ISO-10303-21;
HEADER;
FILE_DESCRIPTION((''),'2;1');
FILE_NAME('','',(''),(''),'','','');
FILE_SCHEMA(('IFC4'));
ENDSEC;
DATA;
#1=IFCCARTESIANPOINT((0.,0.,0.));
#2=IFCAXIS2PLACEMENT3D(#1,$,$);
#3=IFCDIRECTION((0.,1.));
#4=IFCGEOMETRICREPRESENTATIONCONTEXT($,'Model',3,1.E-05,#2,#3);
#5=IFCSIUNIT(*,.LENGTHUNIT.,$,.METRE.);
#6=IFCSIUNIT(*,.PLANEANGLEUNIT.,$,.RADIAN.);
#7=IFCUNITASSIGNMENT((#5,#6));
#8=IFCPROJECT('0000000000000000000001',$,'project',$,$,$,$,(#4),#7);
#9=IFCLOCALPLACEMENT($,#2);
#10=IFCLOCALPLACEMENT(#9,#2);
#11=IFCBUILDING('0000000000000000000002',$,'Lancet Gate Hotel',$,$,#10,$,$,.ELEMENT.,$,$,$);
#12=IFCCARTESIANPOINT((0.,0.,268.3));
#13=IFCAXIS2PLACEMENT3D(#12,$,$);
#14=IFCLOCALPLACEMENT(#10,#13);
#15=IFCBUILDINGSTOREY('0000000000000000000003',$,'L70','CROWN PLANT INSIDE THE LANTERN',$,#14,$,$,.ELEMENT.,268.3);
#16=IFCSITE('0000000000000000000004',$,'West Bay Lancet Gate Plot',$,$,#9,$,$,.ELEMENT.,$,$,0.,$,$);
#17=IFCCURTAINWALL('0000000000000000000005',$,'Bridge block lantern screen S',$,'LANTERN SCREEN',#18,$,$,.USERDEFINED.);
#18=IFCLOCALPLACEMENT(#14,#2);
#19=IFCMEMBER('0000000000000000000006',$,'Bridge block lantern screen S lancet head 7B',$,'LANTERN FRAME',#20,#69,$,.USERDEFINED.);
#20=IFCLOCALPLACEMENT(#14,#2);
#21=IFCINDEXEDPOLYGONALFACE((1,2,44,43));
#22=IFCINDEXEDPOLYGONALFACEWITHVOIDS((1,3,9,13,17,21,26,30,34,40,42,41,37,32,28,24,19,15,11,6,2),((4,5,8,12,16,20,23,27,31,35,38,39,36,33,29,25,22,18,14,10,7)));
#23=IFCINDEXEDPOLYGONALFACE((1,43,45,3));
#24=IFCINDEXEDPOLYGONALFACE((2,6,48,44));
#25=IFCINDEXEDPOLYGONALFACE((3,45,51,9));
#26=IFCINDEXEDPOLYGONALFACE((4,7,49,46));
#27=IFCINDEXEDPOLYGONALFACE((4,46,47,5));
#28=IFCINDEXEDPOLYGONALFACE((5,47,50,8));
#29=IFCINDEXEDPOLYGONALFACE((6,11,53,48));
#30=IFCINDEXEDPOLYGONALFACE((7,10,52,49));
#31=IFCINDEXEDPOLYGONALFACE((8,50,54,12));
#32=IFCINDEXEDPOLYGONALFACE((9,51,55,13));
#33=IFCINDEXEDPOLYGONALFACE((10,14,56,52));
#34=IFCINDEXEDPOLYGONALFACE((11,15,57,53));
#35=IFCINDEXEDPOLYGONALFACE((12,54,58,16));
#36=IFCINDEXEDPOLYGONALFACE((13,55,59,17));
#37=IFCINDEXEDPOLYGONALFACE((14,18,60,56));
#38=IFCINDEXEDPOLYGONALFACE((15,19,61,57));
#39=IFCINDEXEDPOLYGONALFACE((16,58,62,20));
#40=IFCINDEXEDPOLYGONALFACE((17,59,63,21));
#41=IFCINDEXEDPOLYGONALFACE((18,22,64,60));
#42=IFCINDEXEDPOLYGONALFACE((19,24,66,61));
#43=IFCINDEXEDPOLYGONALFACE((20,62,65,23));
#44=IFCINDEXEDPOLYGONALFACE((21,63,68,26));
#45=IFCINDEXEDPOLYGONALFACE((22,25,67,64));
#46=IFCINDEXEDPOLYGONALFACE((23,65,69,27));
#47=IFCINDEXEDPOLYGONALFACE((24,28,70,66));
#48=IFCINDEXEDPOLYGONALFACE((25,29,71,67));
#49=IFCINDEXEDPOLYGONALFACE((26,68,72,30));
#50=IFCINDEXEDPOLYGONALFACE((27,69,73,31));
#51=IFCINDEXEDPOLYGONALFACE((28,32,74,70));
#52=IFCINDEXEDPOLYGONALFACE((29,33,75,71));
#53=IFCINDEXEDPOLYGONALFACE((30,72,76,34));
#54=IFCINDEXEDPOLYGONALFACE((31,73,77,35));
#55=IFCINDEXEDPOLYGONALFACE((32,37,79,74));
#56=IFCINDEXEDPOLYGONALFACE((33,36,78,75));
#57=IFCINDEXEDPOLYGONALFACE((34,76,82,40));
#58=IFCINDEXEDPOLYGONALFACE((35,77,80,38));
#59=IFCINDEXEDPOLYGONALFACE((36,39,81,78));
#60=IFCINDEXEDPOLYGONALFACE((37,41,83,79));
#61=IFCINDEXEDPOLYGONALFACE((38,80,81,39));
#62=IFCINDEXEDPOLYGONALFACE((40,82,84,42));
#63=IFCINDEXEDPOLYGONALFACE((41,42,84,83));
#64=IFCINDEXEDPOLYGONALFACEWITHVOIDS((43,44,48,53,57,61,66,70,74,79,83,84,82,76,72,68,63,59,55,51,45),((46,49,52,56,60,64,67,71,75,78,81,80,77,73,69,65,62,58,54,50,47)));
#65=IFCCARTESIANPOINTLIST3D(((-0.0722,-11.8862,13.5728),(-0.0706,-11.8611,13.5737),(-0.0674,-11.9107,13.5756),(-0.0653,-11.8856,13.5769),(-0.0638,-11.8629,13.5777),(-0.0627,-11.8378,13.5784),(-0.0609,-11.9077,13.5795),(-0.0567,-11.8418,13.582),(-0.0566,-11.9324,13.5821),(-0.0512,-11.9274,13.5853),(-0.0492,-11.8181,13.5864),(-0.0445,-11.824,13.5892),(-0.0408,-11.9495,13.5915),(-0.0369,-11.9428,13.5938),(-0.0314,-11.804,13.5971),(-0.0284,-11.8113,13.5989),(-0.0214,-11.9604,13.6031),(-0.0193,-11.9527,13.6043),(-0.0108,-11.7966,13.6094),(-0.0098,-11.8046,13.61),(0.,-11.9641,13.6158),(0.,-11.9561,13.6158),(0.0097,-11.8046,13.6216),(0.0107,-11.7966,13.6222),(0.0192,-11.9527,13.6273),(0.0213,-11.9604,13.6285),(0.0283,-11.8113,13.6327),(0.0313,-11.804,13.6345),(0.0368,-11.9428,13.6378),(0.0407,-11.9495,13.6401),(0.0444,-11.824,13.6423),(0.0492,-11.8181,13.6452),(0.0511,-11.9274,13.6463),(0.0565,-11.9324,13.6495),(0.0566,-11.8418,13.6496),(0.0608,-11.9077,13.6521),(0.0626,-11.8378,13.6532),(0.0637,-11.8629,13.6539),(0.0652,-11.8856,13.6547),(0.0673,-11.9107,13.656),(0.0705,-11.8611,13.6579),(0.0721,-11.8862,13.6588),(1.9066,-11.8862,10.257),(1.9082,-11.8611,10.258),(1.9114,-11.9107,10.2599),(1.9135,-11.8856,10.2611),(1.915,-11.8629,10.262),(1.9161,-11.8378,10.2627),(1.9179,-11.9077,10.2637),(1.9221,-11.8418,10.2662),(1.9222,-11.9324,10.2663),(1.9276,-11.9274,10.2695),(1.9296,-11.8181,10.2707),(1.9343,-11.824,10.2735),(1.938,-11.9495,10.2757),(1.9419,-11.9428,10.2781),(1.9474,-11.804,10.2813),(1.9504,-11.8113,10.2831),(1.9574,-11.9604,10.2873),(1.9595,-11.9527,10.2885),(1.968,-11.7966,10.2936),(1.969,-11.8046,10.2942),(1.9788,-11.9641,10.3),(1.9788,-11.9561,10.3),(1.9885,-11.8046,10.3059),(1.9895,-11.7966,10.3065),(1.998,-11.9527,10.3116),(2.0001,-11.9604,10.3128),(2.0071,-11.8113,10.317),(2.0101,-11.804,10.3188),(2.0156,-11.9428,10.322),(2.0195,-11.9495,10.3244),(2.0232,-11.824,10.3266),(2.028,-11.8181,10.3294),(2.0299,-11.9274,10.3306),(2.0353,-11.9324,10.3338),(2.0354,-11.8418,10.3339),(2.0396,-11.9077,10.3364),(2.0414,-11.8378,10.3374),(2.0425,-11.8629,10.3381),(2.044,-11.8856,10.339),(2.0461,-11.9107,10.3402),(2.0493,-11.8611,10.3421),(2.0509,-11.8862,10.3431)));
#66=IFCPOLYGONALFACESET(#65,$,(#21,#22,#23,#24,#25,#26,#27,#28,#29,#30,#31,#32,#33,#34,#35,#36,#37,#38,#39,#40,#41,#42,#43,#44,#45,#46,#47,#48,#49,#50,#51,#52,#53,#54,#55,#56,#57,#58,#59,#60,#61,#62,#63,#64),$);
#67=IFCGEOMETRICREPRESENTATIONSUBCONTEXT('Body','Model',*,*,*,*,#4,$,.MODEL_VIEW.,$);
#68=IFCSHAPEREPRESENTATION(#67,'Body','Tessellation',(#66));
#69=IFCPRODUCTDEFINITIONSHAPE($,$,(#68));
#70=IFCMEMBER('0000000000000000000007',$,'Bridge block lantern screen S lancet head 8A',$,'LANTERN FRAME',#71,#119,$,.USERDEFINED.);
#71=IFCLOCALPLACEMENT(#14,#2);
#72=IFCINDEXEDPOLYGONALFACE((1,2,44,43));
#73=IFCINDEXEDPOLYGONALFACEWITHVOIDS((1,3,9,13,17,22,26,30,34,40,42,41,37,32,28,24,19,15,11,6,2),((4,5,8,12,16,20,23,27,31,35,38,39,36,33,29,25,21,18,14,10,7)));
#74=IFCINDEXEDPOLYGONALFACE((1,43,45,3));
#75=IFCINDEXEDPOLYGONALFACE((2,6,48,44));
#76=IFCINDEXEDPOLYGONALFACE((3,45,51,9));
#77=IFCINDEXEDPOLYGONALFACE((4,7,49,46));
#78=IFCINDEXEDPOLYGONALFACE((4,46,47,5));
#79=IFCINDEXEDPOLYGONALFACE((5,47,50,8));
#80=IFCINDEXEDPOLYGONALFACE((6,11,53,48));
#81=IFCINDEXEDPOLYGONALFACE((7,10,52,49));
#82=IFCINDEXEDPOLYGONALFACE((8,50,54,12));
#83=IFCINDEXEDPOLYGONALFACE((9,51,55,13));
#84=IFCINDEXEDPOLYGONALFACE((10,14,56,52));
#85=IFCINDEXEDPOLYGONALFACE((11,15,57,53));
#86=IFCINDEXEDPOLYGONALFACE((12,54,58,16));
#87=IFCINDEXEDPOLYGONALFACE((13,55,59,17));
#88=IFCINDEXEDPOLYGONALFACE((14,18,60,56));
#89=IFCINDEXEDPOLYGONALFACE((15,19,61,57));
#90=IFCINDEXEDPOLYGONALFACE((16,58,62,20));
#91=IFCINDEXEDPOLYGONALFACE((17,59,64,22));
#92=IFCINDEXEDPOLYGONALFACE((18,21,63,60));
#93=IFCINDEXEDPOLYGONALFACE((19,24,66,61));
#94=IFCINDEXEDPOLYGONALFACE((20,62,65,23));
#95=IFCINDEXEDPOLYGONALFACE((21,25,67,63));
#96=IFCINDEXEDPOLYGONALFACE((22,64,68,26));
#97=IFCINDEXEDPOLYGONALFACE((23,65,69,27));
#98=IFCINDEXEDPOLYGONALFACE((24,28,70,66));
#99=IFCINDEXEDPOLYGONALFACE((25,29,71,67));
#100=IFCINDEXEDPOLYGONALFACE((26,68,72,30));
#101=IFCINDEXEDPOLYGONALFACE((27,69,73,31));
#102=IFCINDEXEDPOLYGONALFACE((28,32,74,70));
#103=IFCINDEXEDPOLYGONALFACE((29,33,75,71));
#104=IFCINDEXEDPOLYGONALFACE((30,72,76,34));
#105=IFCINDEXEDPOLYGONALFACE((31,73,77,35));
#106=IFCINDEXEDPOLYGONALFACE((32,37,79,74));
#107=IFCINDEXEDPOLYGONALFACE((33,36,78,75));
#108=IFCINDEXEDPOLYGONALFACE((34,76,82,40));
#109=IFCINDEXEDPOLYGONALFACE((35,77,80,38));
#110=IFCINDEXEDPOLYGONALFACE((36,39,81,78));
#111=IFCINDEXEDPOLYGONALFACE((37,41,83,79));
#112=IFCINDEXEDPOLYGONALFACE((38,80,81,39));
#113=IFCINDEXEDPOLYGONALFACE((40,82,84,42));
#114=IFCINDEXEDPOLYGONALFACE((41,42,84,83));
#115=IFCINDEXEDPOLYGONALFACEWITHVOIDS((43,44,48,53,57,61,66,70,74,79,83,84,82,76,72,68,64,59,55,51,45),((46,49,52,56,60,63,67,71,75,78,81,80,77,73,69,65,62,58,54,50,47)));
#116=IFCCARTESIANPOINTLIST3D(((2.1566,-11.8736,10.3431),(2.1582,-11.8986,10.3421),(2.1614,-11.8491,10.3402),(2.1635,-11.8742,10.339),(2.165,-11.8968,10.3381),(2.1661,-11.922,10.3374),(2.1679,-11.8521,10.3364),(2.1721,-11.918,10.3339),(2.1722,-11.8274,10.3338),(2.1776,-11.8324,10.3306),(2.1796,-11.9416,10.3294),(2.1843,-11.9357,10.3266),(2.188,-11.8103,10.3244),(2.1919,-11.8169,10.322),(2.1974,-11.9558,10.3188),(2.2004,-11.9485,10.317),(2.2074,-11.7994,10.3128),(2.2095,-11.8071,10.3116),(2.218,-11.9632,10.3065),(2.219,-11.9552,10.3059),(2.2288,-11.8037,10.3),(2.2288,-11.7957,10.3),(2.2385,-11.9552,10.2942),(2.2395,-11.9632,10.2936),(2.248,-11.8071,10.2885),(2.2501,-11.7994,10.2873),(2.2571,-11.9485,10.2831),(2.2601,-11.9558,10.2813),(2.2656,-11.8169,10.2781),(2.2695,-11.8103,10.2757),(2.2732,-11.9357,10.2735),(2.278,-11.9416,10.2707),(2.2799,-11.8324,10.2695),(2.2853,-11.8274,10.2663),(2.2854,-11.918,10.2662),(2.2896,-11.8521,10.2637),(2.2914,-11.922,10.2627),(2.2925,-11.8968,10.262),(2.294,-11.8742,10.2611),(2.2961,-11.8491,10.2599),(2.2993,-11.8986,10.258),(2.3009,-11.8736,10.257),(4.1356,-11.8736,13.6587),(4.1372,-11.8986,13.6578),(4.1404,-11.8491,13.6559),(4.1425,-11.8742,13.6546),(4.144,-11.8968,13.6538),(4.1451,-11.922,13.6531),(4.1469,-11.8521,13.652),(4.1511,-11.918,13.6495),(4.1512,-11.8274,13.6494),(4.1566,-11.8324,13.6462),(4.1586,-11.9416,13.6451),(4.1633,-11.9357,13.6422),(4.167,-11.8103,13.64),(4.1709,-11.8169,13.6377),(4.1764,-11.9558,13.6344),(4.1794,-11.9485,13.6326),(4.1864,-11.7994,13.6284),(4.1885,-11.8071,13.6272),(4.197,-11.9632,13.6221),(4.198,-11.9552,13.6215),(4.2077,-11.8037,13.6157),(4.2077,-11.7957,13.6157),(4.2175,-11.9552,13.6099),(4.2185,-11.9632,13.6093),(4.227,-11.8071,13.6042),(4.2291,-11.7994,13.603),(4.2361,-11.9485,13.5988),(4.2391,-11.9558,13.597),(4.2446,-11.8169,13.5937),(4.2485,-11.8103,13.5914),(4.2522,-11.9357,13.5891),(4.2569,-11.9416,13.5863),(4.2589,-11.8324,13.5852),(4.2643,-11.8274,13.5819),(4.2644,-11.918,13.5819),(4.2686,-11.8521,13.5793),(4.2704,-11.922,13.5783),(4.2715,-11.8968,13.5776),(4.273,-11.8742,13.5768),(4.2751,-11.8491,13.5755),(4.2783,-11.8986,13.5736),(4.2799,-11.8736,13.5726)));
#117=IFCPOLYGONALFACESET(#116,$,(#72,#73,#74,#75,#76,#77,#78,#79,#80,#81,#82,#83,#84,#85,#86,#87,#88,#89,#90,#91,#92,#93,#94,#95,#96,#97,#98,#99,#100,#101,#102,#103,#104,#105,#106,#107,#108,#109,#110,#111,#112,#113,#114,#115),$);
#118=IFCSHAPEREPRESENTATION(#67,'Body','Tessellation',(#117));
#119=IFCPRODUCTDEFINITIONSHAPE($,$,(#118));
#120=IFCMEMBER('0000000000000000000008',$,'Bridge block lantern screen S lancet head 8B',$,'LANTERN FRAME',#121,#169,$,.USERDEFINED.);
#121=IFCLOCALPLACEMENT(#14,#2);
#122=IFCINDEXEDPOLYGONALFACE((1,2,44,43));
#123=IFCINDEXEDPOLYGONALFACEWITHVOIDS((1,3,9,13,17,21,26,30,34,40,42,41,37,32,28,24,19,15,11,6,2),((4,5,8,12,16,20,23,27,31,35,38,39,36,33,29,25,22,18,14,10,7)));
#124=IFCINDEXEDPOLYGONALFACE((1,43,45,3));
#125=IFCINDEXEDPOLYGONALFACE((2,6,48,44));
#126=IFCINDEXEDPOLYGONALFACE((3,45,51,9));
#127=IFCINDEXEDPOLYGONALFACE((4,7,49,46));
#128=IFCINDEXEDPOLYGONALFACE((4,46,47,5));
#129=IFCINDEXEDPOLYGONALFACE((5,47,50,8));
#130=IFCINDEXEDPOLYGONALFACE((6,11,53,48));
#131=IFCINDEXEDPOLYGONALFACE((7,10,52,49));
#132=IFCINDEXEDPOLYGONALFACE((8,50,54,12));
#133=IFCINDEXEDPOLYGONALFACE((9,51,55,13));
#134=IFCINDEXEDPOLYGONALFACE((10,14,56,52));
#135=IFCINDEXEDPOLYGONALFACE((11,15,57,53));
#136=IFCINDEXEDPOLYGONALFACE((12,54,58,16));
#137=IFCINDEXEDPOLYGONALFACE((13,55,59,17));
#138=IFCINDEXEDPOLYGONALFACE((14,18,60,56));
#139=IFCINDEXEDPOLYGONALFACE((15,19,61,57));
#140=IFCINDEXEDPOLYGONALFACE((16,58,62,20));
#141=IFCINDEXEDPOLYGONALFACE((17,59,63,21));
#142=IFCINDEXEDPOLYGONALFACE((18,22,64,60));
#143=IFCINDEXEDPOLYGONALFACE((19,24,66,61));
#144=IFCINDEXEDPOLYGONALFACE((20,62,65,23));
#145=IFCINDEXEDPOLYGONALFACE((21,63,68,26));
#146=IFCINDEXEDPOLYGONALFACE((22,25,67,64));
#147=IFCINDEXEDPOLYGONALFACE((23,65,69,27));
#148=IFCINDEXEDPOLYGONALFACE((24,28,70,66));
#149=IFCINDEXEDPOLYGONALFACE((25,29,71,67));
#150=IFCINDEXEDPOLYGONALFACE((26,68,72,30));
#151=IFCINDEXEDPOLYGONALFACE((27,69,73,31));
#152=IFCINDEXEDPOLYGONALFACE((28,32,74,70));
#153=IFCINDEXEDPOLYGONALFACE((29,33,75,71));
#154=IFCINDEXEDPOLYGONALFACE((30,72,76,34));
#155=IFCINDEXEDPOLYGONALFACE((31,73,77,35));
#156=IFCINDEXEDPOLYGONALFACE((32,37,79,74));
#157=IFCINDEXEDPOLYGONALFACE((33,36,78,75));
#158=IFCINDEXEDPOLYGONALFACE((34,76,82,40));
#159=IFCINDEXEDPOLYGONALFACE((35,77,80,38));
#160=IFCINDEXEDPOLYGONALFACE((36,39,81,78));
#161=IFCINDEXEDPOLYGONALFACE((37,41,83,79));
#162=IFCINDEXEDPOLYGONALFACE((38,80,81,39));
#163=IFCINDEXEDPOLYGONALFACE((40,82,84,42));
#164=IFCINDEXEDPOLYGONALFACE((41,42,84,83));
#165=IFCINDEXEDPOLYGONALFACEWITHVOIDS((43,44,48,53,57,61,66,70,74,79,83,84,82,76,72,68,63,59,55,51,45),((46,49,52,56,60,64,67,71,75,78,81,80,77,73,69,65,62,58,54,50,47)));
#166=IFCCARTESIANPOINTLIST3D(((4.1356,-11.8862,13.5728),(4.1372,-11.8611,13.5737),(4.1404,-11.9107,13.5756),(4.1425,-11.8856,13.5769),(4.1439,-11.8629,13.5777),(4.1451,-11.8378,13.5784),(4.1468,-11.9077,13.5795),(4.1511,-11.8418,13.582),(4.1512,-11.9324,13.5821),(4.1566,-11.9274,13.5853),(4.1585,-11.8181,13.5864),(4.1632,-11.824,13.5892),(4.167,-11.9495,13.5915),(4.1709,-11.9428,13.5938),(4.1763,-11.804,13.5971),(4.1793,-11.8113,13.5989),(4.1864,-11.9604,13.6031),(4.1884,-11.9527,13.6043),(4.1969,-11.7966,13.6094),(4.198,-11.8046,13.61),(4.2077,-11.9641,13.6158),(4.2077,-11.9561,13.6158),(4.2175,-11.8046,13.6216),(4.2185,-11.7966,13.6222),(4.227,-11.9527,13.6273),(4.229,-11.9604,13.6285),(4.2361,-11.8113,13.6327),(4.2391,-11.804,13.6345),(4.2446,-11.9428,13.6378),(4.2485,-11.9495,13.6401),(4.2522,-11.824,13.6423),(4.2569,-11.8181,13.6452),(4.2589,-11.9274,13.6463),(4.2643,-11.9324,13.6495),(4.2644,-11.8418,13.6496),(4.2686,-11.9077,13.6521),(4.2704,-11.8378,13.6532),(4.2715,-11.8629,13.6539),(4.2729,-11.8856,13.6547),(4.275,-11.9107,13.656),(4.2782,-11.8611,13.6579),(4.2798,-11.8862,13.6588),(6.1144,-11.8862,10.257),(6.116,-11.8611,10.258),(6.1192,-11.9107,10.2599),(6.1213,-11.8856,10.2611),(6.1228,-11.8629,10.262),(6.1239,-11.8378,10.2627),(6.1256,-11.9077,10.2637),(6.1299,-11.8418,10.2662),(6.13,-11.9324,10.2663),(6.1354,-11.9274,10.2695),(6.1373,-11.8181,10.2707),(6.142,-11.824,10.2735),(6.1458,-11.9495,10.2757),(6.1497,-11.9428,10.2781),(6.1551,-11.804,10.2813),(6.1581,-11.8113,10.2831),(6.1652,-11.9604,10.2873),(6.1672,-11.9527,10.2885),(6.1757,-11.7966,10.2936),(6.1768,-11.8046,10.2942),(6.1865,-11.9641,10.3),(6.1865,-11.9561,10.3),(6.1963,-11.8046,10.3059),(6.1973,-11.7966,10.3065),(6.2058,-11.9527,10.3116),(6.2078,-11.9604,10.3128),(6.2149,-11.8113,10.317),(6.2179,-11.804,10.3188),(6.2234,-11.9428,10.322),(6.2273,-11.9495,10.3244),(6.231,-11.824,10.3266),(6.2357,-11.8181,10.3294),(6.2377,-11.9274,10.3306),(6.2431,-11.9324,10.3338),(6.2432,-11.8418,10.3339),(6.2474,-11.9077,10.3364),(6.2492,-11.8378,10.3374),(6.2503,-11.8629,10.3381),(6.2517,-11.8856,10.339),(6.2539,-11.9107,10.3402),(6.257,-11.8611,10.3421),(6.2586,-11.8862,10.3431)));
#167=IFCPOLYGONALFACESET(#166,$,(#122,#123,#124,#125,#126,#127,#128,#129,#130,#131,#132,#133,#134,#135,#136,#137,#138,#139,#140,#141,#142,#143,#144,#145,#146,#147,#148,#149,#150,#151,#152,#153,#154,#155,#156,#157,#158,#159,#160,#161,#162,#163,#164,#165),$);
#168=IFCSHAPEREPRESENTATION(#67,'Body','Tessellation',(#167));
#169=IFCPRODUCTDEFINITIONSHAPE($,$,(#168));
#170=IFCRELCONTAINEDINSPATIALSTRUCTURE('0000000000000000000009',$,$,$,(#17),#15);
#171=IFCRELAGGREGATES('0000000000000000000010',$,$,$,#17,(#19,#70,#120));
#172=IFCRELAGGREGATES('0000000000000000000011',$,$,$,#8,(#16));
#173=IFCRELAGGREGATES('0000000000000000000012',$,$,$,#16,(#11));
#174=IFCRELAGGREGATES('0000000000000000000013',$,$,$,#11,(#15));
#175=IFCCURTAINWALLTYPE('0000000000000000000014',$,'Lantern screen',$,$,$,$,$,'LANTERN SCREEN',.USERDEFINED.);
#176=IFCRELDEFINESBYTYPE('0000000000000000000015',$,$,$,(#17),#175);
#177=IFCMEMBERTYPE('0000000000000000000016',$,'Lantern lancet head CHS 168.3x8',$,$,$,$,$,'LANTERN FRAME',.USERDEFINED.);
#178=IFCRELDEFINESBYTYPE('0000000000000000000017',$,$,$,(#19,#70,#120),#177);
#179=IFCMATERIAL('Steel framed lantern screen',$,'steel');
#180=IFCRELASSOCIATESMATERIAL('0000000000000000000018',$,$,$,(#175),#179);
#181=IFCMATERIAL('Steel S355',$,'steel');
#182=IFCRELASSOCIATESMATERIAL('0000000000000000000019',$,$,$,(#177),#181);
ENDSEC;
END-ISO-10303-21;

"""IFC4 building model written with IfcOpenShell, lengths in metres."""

from ifc_helpers import new_model, si_unit, direction, frame, origin, origin_2d, place, context, subcontext, project, spatial, hollow_circle, extrude, material, material_profile, profile_set, type_object, element, aggregate, save


model = new_model("IFC4")

# Units and contexts
model_context = context("Model", 3, precision=1e-05, world=origin(), true_north=direction((0.0, 1.0)))
body_context = subcontext(model_context, "Body", "Model", "MODEL_VIEW")
ifc_project = project(units=[si_unit("LENGTHUNIT", "METRE"), si_unit("PLANEANGLEUNIT", "RADIAN")], contexts=[model_context])

# Site, building, storey
site_placement = place(None, origin())
site = spatial("IfcSite", under=ifc_project, at=site_placement, Name="West Bay Lancet Gate Plot", CompositionType="ELEMENT", RefElevation=0.0)
building_placement = place(site_placement, origin())
building = spatial("IfcBuilding", under=site, at=building_placement, Name="Lancet Gate Hotel", CompositionType="ELEMENT")
storey_placement = place(building_placement, frame((0.0, 0.0, 268.3)))
storey = spatial("IfcBuildingStorey", under=building, at=storey_placement, Name="L70", Description="CROWN PLANT INSIDE THE LANTERN", CompositionType="ELEMENT", Elevation=268.3)

# Curtain wall, members
ifc_material_1 = material(Name="Steel framed lantern screen", Category="steel")
curtain_wall_type_1 = type_object("IfcCurtainWallType", Name="Lantern screen", ElementType="LANTERN SCREEN", PredefinedType="USERDEFINED", material=ifc_material_1)
curtain_wall_1_placement = place(storey_placement, origin())
curtain_wall_1 = element("IfcCurtainWall", 1, at=curtain_wall_1_placement, inside=storey, type_object=curtain_wall_type_1, Name="Bridge block lantern screen S", ObjectType="LANTERN SCREEN", PredefinedType="USERDEFINED")
ifc_material_2 = material(Name="Steel S355", Category="steel")
ifc_material_profile_1 = material_profile(ifc_material_2, hollow_circle(Radius=0.0842, WallThickness=0.0081, at=origin_2d()), Name="CHS 168.3x8.0")
ifc_profile_set_1 = profile_set([ifc_material_profile_1], Name="Steel S355")
member_type_1 = type_object("IfcMemberType", Name="Lantern lancet head CHS 168.3x8", ElementType="LANTERN FRAME", PredefinedType="USERDEFINED", material=ifc_profile_set_1)
member_1_placement = place(storey_placement, frame((1.9788, -11.8799, 10.3), z_axis=(-0.512467, 0.0, 0.858707), x_axis=(0.0, -1.0, 0.0)))
member_1 = element("IfcMember", 2, at=member_1_placement, type_object=member_type_1, Name="Bridge block lantern screen S lancet head 7B", ObjectType="LANTERN FRAME", PredefinedType="USERDEFINED", context=body_context, shape_type="SweptSolid", body=[
    extrude(hollow_circle(Radius=0.0842, WallThickness=0.0081, at=origin_2d()), origin(), (0.0, 0.0, 1.0), 3.8613),
])
member_2_placement = place(storey_placement, frame((2.2288, -11.8799, 10.3), z_axis=(0.512514, 0.0, 0.858679), x_axis=(0.0, 1.0, 0.0)))
member_2 = element("IfcMember", 3, at=member_2_placement, type_object=member_type_1, Name="Bridge block lantern screen S lancet head 8A", ObjectType="LANTERN FRAME", PredefinedType="USERDEFINED", context=body_context, shape_type="SweptSolid", body=[
    extrude(hollow_circle(Radius=0.0842, WallThickness=0.0081, at=origin_2d()), origin(), (0.0, 0.0, 1.0), 3.8613),
])
member_3_placement = place(storey_placement, frame((6.1865, -11.8799, 10.3), z_axis=(-0.512467, 0.0, 0.858707), x_axis=(0.0, -1.0, 0.0)))
member_3 = element("IfcMember", 4, at=member_3_placement, type_object=member_type_1, Name="Bridge block lantern screen S lancet head 8B", ObjectType="LANTERN FRAME", PredefinedType="USERDEFINED", context=body_context, shape_type="SweptSolid", body=[
    extrude(hollow_circle(Radius=0.0842, WallThickness=0.0081, at=origin_2d()), origin(), (0.0, 0.0, 1.0), 3.8613),
])

aggregate(curtain_wall_1, [member_1, member_2, member_3])

save(model, "model.ifc")
